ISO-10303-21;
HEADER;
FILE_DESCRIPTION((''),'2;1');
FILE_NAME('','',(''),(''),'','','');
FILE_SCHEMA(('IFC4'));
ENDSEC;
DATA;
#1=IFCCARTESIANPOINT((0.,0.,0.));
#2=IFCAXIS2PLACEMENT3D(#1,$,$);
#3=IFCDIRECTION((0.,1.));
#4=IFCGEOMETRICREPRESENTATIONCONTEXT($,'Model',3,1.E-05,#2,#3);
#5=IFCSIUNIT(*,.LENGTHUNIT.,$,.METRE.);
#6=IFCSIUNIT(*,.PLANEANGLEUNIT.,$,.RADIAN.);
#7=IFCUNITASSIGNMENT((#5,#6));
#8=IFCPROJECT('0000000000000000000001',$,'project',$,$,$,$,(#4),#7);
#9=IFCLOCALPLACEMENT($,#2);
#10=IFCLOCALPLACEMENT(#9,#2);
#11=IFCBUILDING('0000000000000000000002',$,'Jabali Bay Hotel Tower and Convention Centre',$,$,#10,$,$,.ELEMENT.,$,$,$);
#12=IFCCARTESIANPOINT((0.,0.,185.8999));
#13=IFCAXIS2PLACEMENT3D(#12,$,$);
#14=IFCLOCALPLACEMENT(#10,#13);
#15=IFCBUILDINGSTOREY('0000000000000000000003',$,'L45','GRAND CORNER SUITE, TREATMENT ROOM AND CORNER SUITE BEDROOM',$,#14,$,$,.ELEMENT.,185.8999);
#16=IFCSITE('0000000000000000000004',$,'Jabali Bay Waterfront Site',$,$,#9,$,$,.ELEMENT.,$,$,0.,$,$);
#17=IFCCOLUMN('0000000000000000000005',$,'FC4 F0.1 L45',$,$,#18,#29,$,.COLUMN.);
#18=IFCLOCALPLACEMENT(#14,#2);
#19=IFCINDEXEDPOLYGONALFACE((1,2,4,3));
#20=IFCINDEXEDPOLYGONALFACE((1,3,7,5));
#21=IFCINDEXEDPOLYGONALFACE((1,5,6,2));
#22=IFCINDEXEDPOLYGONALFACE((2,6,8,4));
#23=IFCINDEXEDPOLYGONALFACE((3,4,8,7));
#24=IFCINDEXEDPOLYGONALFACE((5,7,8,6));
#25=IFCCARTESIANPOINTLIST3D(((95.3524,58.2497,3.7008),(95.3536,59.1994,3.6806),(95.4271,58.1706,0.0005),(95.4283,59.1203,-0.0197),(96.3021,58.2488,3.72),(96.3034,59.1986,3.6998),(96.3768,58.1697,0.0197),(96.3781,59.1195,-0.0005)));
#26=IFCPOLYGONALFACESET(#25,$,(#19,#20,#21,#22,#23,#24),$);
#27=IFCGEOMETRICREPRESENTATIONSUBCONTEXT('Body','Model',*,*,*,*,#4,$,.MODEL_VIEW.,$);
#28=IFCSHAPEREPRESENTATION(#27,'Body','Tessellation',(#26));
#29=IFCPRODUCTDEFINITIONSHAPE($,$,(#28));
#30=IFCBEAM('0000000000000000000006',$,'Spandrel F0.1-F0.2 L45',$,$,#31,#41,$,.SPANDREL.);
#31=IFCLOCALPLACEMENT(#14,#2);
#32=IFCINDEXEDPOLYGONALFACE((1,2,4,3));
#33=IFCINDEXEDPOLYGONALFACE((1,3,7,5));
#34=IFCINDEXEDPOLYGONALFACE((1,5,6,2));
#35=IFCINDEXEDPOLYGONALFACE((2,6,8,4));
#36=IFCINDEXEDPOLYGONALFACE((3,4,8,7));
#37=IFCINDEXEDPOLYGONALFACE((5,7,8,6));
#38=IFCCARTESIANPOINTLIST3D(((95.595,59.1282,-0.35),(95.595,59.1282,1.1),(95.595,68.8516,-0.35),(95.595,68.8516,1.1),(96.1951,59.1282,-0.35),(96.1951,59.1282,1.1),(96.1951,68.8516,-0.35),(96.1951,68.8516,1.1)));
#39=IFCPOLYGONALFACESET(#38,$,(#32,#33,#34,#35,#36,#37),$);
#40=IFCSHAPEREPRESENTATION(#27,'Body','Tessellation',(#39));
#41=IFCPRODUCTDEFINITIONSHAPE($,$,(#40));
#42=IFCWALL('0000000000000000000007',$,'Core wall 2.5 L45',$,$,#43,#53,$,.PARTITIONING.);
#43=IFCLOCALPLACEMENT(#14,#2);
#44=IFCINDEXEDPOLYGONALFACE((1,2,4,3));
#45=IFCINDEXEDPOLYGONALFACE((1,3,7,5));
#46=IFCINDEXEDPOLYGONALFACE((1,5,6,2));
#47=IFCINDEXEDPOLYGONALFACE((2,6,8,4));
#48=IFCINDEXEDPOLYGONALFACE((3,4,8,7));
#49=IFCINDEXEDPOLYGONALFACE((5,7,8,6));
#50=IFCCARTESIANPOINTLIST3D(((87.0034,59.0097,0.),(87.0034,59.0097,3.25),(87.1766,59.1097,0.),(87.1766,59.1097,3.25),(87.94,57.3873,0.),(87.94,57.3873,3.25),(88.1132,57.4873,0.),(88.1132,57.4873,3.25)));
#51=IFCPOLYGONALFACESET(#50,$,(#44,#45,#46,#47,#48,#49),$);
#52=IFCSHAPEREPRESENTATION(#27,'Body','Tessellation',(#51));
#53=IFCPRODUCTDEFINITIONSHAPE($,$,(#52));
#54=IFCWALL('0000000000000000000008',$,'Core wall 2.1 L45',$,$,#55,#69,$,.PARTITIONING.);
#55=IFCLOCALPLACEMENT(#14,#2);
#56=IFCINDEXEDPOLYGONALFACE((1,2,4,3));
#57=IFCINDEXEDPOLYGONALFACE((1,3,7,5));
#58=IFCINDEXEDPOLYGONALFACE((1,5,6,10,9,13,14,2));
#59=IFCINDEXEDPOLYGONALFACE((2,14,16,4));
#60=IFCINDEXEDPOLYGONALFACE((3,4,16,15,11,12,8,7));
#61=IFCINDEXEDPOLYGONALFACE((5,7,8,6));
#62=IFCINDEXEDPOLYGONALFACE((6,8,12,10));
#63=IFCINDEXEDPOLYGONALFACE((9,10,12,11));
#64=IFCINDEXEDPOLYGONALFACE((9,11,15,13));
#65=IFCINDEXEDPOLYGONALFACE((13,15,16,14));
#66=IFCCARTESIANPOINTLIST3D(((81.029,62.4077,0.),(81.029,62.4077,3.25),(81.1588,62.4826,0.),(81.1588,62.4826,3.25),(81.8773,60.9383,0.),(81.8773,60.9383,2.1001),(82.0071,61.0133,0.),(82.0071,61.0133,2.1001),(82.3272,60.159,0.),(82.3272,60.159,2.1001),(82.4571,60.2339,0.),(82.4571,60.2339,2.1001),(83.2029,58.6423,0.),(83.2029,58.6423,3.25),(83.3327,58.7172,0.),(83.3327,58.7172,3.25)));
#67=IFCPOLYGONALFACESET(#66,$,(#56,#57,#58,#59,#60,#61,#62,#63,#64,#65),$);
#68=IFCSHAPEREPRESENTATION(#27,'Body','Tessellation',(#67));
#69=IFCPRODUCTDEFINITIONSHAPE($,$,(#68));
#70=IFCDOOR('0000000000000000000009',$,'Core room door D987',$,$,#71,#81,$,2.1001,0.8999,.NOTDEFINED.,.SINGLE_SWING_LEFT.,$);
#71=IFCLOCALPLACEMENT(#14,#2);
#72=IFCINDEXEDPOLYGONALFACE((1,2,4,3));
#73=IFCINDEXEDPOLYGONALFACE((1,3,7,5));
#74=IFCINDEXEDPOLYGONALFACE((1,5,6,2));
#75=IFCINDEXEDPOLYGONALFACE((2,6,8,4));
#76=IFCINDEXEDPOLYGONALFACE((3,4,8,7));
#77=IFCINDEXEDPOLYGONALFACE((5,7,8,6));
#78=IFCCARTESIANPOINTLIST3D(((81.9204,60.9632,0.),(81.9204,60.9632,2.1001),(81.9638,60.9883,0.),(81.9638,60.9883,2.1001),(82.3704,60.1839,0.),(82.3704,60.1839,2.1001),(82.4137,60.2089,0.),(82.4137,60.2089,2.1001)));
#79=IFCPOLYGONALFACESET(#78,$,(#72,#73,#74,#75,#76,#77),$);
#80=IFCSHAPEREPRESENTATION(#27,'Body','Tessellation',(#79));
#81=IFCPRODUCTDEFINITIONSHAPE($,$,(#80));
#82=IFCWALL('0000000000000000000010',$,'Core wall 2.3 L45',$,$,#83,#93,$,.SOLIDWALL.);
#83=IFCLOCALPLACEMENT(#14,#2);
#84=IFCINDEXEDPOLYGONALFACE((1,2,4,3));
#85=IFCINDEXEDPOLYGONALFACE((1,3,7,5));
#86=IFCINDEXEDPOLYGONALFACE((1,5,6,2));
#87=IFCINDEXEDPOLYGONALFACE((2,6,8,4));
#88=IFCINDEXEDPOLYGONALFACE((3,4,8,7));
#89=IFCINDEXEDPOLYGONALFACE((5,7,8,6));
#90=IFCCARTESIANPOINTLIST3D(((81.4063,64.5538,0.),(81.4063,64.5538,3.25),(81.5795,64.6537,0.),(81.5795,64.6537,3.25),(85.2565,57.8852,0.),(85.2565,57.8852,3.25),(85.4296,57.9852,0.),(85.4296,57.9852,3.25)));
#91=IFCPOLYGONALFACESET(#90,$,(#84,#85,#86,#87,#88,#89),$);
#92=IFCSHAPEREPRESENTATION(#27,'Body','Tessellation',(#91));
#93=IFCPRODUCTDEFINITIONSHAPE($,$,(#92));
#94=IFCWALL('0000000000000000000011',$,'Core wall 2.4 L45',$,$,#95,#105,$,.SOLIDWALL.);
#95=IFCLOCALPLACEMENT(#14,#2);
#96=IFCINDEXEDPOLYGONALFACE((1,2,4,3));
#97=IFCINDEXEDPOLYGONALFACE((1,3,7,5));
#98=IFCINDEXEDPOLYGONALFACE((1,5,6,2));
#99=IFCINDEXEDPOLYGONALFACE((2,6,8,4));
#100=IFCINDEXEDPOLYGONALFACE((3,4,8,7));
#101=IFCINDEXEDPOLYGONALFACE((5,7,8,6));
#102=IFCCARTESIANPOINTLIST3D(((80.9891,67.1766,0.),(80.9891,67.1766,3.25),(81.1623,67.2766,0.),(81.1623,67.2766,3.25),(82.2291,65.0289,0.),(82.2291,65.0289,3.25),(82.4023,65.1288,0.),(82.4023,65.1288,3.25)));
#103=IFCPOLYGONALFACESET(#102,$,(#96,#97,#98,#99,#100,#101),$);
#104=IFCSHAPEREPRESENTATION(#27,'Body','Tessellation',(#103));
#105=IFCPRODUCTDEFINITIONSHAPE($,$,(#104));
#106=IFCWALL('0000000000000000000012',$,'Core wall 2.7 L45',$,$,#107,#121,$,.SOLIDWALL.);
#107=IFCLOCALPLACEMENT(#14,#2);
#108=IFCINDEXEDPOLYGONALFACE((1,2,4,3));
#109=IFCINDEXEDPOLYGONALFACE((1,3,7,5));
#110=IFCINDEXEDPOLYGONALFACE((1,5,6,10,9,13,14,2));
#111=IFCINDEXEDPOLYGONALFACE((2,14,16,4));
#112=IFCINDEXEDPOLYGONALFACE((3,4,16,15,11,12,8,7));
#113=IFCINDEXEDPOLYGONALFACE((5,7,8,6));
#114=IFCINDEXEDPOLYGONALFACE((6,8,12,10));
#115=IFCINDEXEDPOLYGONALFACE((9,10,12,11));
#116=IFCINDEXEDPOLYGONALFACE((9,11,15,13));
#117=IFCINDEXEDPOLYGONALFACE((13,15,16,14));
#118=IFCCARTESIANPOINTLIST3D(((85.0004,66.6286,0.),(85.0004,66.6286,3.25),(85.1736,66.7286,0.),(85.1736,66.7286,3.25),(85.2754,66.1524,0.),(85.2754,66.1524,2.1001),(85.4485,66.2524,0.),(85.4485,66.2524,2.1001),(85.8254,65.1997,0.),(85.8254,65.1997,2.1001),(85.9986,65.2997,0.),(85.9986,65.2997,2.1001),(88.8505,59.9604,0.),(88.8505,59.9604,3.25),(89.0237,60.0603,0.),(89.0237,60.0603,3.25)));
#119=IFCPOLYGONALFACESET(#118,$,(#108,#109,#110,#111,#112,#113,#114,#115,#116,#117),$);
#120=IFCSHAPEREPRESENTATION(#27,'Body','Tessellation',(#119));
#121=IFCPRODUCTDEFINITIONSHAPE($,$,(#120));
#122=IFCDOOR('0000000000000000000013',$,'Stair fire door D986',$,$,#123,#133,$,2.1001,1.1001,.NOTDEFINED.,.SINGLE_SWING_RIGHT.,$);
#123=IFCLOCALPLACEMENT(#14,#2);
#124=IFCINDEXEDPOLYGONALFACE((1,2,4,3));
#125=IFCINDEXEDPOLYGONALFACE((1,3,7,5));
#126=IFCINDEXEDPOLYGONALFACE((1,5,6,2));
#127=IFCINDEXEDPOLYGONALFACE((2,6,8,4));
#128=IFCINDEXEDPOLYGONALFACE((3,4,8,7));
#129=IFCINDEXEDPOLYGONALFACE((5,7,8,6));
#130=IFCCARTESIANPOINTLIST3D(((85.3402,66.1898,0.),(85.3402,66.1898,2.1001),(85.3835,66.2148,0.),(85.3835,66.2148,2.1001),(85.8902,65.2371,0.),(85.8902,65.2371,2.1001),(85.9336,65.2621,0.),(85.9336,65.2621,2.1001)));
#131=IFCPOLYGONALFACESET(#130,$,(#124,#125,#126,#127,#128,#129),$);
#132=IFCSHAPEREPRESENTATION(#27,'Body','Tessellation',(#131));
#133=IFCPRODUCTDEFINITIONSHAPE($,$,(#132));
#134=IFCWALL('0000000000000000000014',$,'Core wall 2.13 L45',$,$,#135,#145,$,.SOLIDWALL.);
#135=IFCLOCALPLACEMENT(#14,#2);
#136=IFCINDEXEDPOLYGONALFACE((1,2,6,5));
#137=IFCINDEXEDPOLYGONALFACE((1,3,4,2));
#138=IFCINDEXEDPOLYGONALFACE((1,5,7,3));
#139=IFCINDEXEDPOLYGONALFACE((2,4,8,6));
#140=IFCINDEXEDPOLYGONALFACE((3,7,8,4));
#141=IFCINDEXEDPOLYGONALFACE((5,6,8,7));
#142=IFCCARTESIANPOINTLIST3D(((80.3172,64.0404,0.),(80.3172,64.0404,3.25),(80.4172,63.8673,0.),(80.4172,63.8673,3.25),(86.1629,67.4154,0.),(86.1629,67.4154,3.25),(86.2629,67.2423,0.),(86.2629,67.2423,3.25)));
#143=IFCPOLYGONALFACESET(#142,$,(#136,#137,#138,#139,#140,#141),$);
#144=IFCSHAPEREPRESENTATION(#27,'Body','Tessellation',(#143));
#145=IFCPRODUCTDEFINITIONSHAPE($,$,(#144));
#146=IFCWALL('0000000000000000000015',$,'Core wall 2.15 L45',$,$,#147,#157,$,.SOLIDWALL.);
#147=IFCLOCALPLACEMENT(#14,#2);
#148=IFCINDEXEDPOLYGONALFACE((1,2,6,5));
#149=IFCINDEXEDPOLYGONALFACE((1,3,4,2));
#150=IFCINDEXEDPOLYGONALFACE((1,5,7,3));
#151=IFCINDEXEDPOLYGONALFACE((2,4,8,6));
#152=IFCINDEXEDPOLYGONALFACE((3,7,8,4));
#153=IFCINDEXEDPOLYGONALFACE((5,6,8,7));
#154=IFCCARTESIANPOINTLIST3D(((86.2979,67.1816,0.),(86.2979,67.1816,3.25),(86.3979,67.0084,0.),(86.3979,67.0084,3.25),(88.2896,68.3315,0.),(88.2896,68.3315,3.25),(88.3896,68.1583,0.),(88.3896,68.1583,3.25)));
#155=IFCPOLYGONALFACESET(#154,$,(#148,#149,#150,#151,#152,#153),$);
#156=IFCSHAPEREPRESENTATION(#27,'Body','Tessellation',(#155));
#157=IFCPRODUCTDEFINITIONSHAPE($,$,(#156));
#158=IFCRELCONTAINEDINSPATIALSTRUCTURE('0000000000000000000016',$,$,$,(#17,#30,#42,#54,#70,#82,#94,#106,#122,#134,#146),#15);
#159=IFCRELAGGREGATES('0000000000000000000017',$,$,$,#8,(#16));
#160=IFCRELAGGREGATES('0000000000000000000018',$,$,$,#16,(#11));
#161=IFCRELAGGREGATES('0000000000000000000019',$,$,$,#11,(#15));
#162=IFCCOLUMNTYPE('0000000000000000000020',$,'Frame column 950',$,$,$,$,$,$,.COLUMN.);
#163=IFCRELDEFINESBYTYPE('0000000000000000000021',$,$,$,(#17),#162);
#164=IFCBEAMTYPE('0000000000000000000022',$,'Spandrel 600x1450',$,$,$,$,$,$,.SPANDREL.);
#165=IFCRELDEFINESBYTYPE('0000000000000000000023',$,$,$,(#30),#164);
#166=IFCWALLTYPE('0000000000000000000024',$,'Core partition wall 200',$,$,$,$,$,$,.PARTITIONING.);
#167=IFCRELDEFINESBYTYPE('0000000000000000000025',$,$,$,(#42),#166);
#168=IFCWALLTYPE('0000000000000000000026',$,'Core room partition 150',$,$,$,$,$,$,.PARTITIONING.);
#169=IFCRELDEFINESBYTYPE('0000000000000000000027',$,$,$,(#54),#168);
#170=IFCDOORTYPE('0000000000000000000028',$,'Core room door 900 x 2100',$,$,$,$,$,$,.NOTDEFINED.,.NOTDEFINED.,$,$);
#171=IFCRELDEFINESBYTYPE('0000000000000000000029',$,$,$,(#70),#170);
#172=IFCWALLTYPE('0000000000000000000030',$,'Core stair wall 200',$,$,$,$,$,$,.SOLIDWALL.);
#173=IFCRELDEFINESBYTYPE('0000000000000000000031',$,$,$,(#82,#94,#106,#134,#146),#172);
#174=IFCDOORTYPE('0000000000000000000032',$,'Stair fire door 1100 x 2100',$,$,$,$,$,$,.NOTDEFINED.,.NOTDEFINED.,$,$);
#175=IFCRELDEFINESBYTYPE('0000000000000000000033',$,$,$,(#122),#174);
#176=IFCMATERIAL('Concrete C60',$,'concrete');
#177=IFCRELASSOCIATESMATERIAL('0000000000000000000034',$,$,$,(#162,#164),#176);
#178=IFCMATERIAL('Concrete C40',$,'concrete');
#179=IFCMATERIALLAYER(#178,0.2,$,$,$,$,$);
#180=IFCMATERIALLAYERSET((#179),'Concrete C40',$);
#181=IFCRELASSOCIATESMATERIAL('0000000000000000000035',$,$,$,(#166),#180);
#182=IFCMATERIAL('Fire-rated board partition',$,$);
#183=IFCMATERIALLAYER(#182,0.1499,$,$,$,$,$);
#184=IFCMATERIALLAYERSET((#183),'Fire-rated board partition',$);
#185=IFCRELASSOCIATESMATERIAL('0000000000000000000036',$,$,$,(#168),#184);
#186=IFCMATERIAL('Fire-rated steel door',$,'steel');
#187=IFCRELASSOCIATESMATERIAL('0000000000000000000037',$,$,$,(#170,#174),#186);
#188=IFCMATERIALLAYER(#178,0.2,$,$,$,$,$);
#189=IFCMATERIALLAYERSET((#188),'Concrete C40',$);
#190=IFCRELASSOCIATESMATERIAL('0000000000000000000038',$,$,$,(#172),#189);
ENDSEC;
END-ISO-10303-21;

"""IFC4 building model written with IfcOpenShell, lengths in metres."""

from ifc_helpers import new_model, si_unit, direction, frame, frame_2d, origin, origin_2d, place, context, subcontext, project, spatial, rectangle, extrude, material, layer, layer_set, material_profile, profile_set, type_object, element, fill, save


model = new_model("IFC4")

# Units and contexts
model_context = context("Model", 3, precision=1e-05, world=origin(), true_north=direction((0.0, 1.0)))
body_context = subcontext(model_context, "Body", "Model", "MODEL_VIEW")
ifc_project = project(units=[si_unit("LENGTHUNIT", "METRE"), si_unit("PLANEANGLEUNIT", "RADIAN")], contexts=[model_context])

# Site, building, storey
site_placement = place(None, origin())
site = spatial("IfcSite", under=ifc_project, at=site_placement, Name="Jabali Bay Waterfront Site", CompositionType="ELEMENT", RefElevation=0.0)
building_placement = place(site_placement, origin())
building = spatial("IfcBuilding", under=site, at=building_placement, Name="Jabali Bay Hotel Tower and Convention Centre", CompositionType="ELEMENT")
storey_placement = place(building_placement, frame((0.0, 0.0, 185.8999)))
storey = spatial("IfcBuildingStorey", under=building, at=storey_placement, Name="L45", Description="GRAND CORNER SUITE, TREATMENT ROOM AND CORNER SUITE BEDROOM", CompositionType="ELEMENT", Elevation=185.8999)

# Column
ifc_material_1 = material(Name="Concrete C60", Category="concrete")
ifc_material_profile_1 = material_profile(ifc_material_1, rectangle(XDim=0.95, YDim=0.95, at=origin_2d()), Name="Frame column 950")
ifc_profile_set_1 = profile_set([ifc_material_profile_1], Name="Concrete C60")
column_type = type_object("IfcColumnType", Name="Frame column 950", PredefinedType="COLUMN", material=ifc_profile_set_1)
column_placement = place(storey_placement, frame((95.9026, 58.645, 0.0), z_axis=(-0.020181, 0.021368, 0.999568), x_axis=(-0.001315, -0.999771, 0.021346)))
element("IfcColumn", 1, at=column_placement, inside=storey, type_object=column_type, Name="FC4 F0.1 L45", PredefinedType="COLUMN", context=body_context, shape_type="SweptSolid", body=[
    extrude(rectangle(XDim=0.95, YDim=0.95, at=origin_2d()), origin(), (0.0, 0.0, 1.0), 3.7019),
])

# Beam
ifc_material_profile_2 = material_profile(ifc_material_1, rectangle(XDim=0.6001, YDim=1.45, at=origin_2d()), Name="Spandrel 600x1450")
ifc_profile_set_2 = profile_set([ifc_material_profile_2], Name="Concrete C60")
beam_type = type_object("IfcBeamType", Name="Spandrel 600x1450", PredefinedType="SPANDREL", material=ifc_profile_set_2)
beam_placement = place(storey_placement, frame((95.895, 59.1282, 0.375), z_axis=(0.0, 1.0, 0.0), x_axis=(-1.0, 0.0, 0.0)))
element("IfcBeam", 2, at=beam_placement, inside=storey, type_object=beam_type, Name="Spandrel F0.1-F0.2 L45", PredefinedType="SPANDREL", context=body_context, shape_type="SweptSolid", body=[
    extrude(rectangle(XDim=0.6001, YDim=1.45, at=origin_2d()), origin(), (0.0, 0.0, 1.0), 9.7234),
])

# Wall
ifc_material_2 = material(Name="Concrete C40", Category="concrete")
ifc_layer_1 = layer(ifc_material_2, 0.2)
ifc_layer_set_1 = layer_set([ifc_layer_1], Name="Concrete C40")
wall_type_1 = type_object("IfcWallType", Name="Core partition wall 200", PredefinedType="PARTITIONING", material=ifc_layer_set_1)
wall_1_placement = place(storey_placement, frame((87.0901, 59.0596, 0.0), z_axis=(0.0, 0.0, 1.0), x_axis=(0.499952, -0.866053, 0.0)))
element("IfcWall", 3, at=wall_1_placement, inside=storey, type_object=wall_type_1, Name="Core wall 2.5 L45", PredefinedType="PARTITIONING", context=body_context, shape_type="SweptSolid", body=[
    extrude(rectangle(XDim=1.8733, YDim=0.2, at=frame_2d((0.9365, 0.0))), origin(), (0.0, 0.0, 1.0), 3.25),
])

# Wall, opening, door
ifc_material_3 = material(Name="Fire-rated board partition")
ifc_layer_2 = layer(ifc_material_3, 0.1499)
ifc_layer_set_2 = layer_set([ifc_layer_2], Name="Fire-rated board partition")
wall_type_2 = type_object("IfcWallType", Name="Core room partition 150", PredefinedType="PARTITIONING", material=ifc_layer_set_2)
wall_2_placement = place(storey_placement, frame((81.094, 62.4451, 0.0), z_axis=(0.0, 0.0, 1.0), x_axis=(0.49998, -0.866037, 0.0)))
wall_2 = element("IfcWall", 4, at=wall_2_placement, inside=storey, type_object=wall_type_2, Name="Core wall 2.1 L45", PredefinedType="PARTITIONING", context=body_context, shape_type="SweptSolid", body=[
    extrude(rectangle(XDim=4.3479, YDim=0.1499, at=frame_2d((2.1738, 0.0))), origin(), (0.0, 0.0, 1.0), 3.25),
])
opening_1_placement = place(wall_2_placement, frame((1.6965, 0.0, 0.0)))
opening_1 = element("IfcOpeningElement", 5, at=opening_1_placement, cuts=wall_2, PredefinedType="OPENING", context=body_context, shape_type="SweptSolid", body=[
    extrude(rectangle(XDim=0.8999, YDim=2.1001, at=frame_2d((0.45, 1.05))), frame((0.0, 0.0854, 0.0), z_axis=(0.0, -1.0, 0.0), x_axis=(1.0, 0.0, 0.0)), (0.0, 0.0, 1.0), 0.1709),
])
ifc_material_4 = material(Name="Fire-rated steel door", Category="steel")
door_type_1 = type_object("IfcDoorType", Name="Core room door 900 x 2100", OperationType="NOTDEFINED", PredefinedType="NOTDEFINED", material=ifc_material_4)
door_1_placement = place(opening_1_placement, origin())
door_1 = element("IfcDoor", 6, at=door_1_placement, inside=storey, type_object=door_type_1, Name="Core room door D987", OperationType="SINGLE_SWING_LEFT", OverallHeight=2.1001, OverallWidth=0.8999, PredefinedType="NOTDEFINED", context=body_context, shape_type="SweptSolid", body=[
    extrude(rectangle(XDim=0.8999, YDim=2.1001, at=frame_2d((0.45, 1.05))), frame((0.0, 0.0249, 0.0), z_axis=(0.0, -1.0, 0.0), x_axis=(1.0, 0.0, 0.0)), (0.0, 0.0, 1.0), 0.05),
])
fill(opening_1, door_1)

# Walls
ifc_layer_3 = layer(ifc_material_2, 0.2)
ifc_layer_set_3 = layer_set([ifc_layer_3], Name="Concrete C40")
wall_type_3 = type_object("IfcWallType", Name="Core stair wall 200", PredefinedType="SOLIDWALL", material=ifc_layer_set_3)
wall_3_placement = place(storey_placement, frame((81.4929, 64.6038, 0.0), z_axis=(0.0, 0.0, 1.0), x_axis=(0.500006, -0.866022, 0.0)))
element("IfcWall", 7, at=wall_3_placement, inside=storey, type_object=wall_type_3, Name="Core wall 2.3 L45", PredefinedType="SOLIDWALL", context=body_context, shape_type="SweptSolid", body=[
    extrude(rectangle(XDim=7.7002, YDim=0.2, at=frame_2d((3.8501, 0.0))), origin(), (0.0, 0.0, 1.0), 3.25),
])
wall_4_placement = place(storey_placement, frame((81.0757, 67.2266, 0.0), z_axis=(0.0, 0.0, 1.0), x_axis=(0.500004, -0.866023, 0.0)))
element("IfcWall", 8, at=wall_4_placement, inside=storey, type_object=wall_type_3, Name="Core wall 2.4 L45", PredefinedType="SOLIDWALL", context=body_context, shape_type="SweptSolid", body=[
    extrude(rectangle(XDim=2.48, YDim=0.2, at=frame_2d((1.24, 0.0))), origin(), (0.0, 0.0, 1.0), 3.25),
])

# Wall, opening, door
wall_5_placement = place(storey_placement, frame((85.0869, 66.6787, 0.0), z_axis=(0.0, 0.0, 1.0), x_axis=(0.50002, -0.866014, 0.0)))
wall_5 = element("IfcWall", 9, at=wall_5_placement, inside=storey, type_object=wall_type_3, Name="Core wall 2.7 L45", PredefinedType="SOLIDWALL", context=body_context, shape_type="SweptSolid", body=[
    extrude(rectangle(XDim=7.7, YDim=0.2, at=frame_2d((3.8501, 0.0))), origin(), (0.0, 0.0, 1.0), 3.25),
])
opening_2_placement = place(wall_5_placement, frame((0.55, 0.0, 0.0)))
opening_2 = element("IfcOpeningElement", 10, at=opening_2_placement, cuts=wall_5, PredefinedType="OPENING", context=body_context, shape_type="SweptSolid", body=[
    extrude(rectangle(XDim=1.1001, YDim=2.1001, at=frame_2d((0.55, 1.05))), frame((0.0, 0.1104, 0.0), z_axis=(0.0, -1.0, 0.0), x_axis=(1.0, 0.0, 0.0)), (0.0, 0.0, 1.0), 0.2209),
])
door_type_2 = type_object("IfcDoorType", Name="Stair fire door 1100 x 2100", OperationType="NOTDEFINED", PredefinedType="NOTDEFINED", material=ifc_material_4)
door_2_placement = place(opening_2_placement, origin())
door_2 = element("IfcDoor", 11, at=door_2_placement, inside=storey, type_object=door_type_2, Name="Stair fire door D986", OperationType="SINGLE_SWING_RIGHT", OverallHeight=2.1001, OverallWidth=1.1001, PredefinedType="NOTDEFINED", context=body_context, shape_type="SweptSolid", body=[
    extrude(rectangle(XDim=1.1001, YDim=2.1001, at=frame_2d((0.55, 1.05))), frame((0.0, 0.0249, 0.0), z_axis=(0.0, -1.0, 0.0), x_axis=(1.0, 0.0, 0.0)), (0.0, 0.0, 1.0), 0.05),
])
fill(opening_2, door_2)

# Walls
wall_6_placement = place(storey_placement, frame((80.3672, 63.9539, 0.0), z_axis=(0.0, 0.0, 1.0), x_axis=(0.866027, 0.499998, 0.0)))
element("IfcWall", 12, at=wall_6_placement, inside=storey, type_object=wall_type_3, Name="Core wall 2.13 L45", PredefinedType="SOLIDWALL", context=body_context, shape_type="SweptSolid", body=[
    extrude(rectangle(XDim=6.75, YDim=0.2, at=frame_2d((3.375, 0.0))), origin(), (0.0, 0.0, 1.0), 3.25),
])
wall_7_placement = place(storey_placement, frame((86.3479, 67.095, 0.0), z_axis=(0.0, 0.0, 1.0), x_axis=(0.866026, 0.499998, 0.0)))
element("IfcWall", 13, at=wall_7_placement, inside=storey, type_object=wall_type_3, Name="Core wall 2.15 L45", PredefinedType="SOLIDWALL", context=body_context, shape_type="SweptSolid", body=[
    extrude(rectangle(XDim=2.2998, YDim=0.2, at=frame_2d((1.1499, 0.0))), origin(), (0.0, 0.0, 1.0), 3.25),
])

save(model, "model.ifc")
